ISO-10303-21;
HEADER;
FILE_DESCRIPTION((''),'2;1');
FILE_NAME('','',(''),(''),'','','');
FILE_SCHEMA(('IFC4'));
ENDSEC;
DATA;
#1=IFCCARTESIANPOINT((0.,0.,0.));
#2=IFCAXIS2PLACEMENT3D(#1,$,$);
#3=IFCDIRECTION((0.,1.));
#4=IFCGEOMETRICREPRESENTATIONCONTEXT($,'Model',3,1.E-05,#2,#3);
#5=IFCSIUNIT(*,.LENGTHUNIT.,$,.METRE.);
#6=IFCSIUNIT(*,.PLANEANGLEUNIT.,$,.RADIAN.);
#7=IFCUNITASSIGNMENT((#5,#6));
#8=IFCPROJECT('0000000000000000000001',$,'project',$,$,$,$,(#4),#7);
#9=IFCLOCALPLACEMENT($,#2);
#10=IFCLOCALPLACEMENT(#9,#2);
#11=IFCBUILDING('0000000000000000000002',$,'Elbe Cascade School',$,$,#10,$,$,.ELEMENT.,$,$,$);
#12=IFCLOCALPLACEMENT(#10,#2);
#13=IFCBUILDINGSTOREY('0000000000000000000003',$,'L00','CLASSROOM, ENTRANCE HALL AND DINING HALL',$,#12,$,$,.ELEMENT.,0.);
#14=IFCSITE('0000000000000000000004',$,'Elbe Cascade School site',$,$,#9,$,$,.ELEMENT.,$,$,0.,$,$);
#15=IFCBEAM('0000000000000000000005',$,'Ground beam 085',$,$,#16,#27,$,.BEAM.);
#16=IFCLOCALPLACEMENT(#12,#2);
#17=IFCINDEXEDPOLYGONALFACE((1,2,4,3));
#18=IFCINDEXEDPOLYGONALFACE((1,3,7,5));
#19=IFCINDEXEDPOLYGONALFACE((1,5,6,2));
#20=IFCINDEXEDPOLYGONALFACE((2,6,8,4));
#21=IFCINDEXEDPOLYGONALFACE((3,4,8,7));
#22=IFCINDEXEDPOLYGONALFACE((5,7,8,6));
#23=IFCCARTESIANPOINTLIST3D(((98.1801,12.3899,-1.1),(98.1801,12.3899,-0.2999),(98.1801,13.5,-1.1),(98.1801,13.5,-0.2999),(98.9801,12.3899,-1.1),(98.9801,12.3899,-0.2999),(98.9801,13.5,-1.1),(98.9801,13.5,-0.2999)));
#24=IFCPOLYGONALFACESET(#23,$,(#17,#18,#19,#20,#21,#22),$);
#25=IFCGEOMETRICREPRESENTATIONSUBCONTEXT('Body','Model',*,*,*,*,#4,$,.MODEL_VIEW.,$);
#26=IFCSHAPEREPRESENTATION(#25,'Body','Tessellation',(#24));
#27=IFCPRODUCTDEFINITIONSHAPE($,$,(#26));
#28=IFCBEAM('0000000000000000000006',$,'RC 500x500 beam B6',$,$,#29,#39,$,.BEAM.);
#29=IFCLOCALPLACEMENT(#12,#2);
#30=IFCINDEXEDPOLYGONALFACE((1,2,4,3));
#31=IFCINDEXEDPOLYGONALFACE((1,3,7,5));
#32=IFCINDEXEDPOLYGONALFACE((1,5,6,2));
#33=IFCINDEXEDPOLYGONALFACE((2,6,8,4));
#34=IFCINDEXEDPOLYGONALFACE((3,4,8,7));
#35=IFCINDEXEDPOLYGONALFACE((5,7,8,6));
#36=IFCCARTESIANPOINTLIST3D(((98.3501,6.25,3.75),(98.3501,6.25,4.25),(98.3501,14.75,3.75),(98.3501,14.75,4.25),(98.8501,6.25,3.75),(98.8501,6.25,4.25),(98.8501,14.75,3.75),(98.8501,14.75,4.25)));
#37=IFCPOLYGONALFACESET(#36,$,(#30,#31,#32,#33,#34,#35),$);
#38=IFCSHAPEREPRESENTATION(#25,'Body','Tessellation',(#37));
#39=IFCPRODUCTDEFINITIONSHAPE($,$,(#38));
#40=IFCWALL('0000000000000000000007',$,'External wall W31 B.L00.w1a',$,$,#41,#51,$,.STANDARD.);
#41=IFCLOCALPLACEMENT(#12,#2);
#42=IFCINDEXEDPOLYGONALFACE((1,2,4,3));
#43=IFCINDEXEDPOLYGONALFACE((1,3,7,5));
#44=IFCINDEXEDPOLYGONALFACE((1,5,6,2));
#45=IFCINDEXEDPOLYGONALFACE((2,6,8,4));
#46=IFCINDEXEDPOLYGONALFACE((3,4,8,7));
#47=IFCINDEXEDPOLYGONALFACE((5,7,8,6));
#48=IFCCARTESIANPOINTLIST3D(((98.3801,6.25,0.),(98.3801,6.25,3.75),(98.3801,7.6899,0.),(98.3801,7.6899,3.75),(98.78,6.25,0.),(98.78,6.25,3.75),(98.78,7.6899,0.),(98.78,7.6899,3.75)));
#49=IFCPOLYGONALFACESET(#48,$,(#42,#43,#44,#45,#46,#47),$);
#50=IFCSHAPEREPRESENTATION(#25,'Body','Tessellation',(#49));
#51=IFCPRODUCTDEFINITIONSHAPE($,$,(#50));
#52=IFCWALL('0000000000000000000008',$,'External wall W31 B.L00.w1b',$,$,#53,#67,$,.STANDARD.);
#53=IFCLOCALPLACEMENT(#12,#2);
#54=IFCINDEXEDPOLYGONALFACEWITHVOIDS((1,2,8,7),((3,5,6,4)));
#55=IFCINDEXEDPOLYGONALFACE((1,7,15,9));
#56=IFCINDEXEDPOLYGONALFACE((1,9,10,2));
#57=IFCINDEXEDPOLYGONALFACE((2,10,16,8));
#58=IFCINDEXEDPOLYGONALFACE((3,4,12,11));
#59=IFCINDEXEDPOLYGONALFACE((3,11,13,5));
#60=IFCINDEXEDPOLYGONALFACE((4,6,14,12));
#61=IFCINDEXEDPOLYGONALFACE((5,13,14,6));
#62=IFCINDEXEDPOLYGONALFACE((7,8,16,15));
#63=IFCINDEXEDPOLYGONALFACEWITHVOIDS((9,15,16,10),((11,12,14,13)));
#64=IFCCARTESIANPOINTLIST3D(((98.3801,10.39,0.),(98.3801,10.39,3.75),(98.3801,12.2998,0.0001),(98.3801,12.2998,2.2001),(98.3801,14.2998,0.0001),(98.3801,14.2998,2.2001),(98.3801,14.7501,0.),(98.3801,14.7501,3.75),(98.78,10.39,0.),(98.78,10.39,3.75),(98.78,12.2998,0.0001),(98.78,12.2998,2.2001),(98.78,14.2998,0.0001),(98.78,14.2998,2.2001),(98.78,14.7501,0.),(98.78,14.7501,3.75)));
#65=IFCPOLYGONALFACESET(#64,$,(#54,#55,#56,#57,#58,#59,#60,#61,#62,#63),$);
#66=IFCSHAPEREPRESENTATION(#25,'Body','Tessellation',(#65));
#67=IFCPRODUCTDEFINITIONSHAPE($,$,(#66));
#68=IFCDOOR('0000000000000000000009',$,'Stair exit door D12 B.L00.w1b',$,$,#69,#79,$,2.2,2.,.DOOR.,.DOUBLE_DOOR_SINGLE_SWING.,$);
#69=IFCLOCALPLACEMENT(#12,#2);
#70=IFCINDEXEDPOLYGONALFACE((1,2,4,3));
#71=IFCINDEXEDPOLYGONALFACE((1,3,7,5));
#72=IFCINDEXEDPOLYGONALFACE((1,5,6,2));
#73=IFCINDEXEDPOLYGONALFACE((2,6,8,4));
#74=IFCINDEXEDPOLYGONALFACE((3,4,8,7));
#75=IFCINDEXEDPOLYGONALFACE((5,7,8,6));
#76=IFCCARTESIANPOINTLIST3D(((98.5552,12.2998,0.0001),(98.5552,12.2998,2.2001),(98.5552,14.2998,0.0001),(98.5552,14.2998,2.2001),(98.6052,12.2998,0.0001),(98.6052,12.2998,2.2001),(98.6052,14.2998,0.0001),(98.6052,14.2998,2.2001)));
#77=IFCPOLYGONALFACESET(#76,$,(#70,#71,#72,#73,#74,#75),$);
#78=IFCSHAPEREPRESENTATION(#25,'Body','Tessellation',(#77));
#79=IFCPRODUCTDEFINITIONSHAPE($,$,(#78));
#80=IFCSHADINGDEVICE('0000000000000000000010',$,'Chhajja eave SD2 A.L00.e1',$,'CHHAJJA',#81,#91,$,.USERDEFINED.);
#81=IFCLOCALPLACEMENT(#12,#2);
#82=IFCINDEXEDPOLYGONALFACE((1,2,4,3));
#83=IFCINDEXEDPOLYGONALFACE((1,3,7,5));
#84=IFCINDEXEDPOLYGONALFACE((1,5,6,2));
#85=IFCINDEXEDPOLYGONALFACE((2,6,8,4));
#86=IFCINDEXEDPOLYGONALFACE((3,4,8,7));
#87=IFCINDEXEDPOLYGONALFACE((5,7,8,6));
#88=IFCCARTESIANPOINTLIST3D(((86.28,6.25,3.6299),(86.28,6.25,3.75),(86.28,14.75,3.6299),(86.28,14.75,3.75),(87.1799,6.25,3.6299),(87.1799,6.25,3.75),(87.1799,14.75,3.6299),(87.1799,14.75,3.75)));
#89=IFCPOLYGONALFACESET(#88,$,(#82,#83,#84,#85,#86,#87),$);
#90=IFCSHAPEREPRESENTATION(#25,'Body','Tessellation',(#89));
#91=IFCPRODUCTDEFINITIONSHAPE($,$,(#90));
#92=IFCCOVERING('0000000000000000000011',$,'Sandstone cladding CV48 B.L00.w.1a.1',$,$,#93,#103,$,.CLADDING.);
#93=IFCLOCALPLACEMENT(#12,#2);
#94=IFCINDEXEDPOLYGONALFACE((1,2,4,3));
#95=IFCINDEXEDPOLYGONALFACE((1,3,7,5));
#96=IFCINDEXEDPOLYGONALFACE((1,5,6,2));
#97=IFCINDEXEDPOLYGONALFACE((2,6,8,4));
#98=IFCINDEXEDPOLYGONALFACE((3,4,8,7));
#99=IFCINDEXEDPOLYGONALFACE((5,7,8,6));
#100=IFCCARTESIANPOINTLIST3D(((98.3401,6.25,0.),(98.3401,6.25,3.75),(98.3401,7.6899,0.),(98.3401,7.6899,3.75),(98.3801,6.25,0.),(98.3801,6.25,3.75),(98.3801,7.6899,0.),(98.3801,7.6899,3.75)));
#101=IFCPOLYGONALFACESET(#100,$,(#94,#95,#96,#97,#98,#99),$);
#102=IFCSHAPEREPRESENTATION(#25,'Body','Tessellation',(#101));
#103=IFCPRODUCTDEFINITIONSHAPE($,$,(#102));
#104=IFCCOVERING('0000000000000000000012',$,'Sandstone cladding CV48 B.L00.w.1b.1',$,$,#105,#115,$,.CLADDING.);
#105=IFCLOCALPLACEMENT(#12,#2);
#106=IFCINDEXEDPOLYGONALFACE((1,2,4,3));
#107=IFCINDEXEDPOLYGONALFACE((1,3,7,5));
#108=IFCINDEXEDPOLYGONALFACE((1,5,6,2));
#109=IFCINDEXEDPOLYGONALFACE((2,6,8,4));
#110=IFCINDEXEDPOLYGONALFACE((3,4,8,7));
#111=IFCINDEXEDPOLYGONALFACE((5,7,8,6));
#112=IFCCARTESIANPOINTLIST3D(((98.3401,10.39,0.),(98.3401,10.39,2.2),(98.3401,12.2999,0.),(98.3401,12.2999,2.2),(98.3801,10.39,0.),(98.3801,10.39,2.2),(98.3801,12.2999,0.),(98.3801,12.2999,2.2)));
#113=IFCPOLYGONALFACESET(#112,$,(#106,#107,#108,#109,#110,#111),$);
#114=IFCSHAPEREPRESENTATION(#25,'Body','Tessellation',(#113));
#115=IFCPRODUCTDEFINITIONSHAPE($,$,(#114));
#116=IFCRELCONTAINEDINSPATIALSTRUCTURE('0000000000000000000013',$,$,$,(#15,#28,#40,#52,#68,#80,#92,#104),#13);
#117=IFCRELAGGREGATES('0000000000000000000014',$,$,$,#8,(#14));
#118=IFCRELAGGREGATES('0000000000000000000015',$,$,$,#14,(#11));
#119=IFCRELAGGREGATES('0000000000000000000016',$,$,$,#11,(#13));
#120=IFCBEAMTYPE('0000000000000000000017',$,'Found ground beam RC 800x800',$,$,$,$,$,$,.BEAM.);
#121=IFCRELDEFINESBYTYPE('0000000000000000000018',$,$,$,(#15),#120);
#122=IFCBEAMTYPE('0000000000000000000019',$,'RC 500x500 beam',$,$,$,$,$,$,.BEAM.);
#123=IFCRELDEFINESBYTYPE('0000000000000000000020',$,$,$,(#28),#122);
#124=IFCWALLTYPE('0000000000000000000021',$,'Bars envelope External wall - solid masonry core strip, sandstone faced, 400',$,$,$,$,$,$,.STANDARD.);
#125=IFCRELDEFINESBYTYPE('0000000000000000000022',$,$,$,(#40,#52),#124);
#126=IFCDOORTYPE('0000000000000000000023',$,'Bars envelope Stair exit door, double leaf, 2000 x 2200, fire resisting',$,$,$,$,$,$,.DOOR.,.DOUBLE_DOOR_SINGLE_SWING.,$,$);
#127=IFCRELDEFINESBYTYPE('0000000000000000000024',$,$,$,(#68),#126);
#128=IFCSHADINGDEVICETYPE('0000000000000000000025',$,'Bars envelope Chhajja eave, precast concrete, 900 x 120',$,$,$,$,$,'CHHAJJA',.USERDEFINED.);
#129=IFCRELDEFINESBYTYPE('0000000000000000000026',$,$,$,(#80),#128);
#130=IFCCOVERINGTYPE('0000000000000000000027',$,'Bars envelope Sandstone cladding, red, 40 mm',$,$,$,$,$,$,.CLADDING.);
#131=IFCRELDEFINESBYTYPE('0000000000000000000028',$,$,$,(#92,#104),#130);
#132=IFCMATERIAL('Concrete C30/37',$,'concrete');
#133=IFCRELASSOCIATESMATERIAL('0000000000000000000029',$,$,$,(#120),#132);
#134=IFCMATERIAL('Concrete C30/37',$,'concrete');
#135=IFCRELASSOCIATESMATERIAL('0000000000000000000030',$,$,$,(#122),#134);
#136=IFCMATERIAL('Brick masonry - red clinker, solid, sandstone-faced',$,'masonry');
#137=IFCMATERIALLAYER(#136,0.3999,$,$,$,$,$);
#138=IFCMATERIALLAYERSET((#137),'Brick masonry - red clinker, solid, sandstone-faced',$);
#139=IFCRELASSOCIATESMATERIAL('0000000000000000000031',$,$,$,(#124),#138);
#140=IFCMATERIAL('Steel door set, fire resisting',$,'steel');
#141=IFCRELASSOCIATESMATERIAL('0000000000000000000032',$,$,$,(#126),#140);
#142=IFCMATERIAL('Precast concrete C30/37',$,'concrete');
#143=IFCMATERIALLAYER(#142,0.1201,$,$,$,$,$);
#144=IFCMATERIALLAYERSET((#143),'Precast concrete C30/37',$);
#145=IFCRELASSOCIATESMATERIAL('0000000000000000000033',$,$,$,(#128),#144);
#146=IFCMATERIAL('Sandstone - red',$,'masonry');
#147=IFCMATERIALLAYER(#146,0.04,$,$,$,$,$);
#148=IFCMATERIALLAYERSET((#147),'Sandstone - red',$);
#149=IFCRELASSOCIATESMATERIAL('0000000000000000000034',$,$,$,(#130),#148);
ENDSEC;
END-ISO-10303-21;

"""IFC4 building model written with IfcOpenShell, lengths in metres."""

from ifc_helpers import new_model, si_unit, direction, frame, frame_2d, origin, origin_2d, place, context, subcontext, project, spatial, rectangle, extrude, material, layer, layer_set, material_profile, profile_set, type_object, element, fill, save


model = new_model("IFC4")

# Units and contexts
model_context = context("Model", 3, precision=1e-05, world=origin(), true_north=direction((0.0, 1.0)))
body_context = subcontext(model_context, "Body", "Model", "MODEL_VIEW")
ifc_project = project(units=[si_unit("LENGTHUNIT", "METRE"), si_unit("PLANEANGLEUNIT", "RADIAN")], contexts=[model_context])

# Site, building, storey
site_placement = place(None, origin())
site = spatial("IfcSite", under=ifc_project, at=site_placement, Name="Elbe Cascade School site", CompositionType="ELEMENT", RefElevation=0.0)
building_placement = place(site_placement, origin())
building = spatial("IfcBuilding", under=site, at=building_placement, Name="Elbe Cascade School", CompositionType="ELEMENT")
storey_placement = place(building_placement, origin())
storey = spatial("IfcBuildingStorey", under=building, at=storey_placement, Name="L00", Description="CLASSROOM, ENTRANCE HALL AND DINING HALL", CompositionType="ELEMENT", Elevation=0.0)

# Beams
ifc_material_1 = material(Name="Concrete C30/37", Category="concrete")
ifc_material_profile_1 = material_profile(ifc_material_1, rectangle(XDim=0.8, YDim=0.8, at=origin_2d()), Name="RC 800x800")
ifc_profile_set_1 = profile_set([ifc_material_profile_1], Name="Concrete C30/37")
beam_type_1 = type_object("IfcBeamType", Name="Found ground beam RC 800x800", PredefinedType="BEAM", material=ifc_profile_set_1)
beam_1_placement = place(storey_placement, frame((98.5801, 12.3899, -0.7), z_axis=(0.0, 1.0, 0.0), x_axis=(-1.0, 0.0, 0.0)))
element("IfcBeam", 1, at=beam_1_placement, inside=storey, type_object=beam_type_1, Name="Ground beam 085", PredefinedType="BEAM", context=body_context, shape_type="SweptSolid", body=[
    extrude(rectangle(XDim=0.8, YDim=0.8, at=origin_2d()), origin(), (0.0, 0.0, 1.0), 1.1101),
])
ifc_material_2 = material(Name="Concrete C30/37", Category="concrete")
ifc_material_profile_2 = material_profile(ifc_material_2, rectangle(XDim=0.5, YDim=0.5, at=origin_2d()), Name="RC 500x500")
ifc_profile_set_2 = profile_set([ifc_material_profile_2], Name="Concrete C30/37")
beam_type_2 = type_object("IfcBeamType", Name="RC 500x500 beam", PredefinedType="BEAM", material=ifc_profile_set_2)
beam_2_placement = place(storey_placement, frame((98.6001, 6.25, 4.0), z_axis=(0.0, 1.0, 0.0), x_axis=(-1.0, 0.0, 0.0)))
element("IfcBeam", 2, at=beam_2_placement, inside=storey, type_object=beam_type_2, Name="RC 500x500 beam B6", PredefinedType="BEAM", context=body_context, shape_type="SweptSolid", body=[
    extrude(rectangle(XDim=0.5, YDim=0.5, at=origin_2d()), origin(), (0.0, 0.0, 1.0), 8.5),
])

# Wall
ifc_material_3 = material(Name="Brick masonry - red clinker, solid, sandstone-faced", Category="masonry")
ifc_layer_1 = layer(ifc_material_3, 0.3999)
ifc_layer_set_1 = layer_set([ifc_layer_1], Name="Brick masonry - red clinker, solid, sandstone-faced")
wall_type = type_object("IfcWallType", Name="Bars envelope External wall - solid masonry core strip, sandstone faced, 400", PredefinedType="STANDARD", material=ifc_layer_set_1)
wall_1_placement = place(storey_placement, frame((98.5801, 6.25, 0.0), z_axis=(0.0, 0.0, 1.0), x_axis=(0.0, 1.0, 0.0)))
element("IfcWall", 3, at=wall_1_placement, inside=storey, type_object=wall_type, Name="External wall W31 B.L00.w1a", PredefinedType="STANDARD", context=body_context, shape_type="SweptSolid", body=[
    extrude(rectangle(XDim=1.4399, YDim=0.3999, at=frame_2d((0.72, 0.0))), origin(), (0.0, 0.0, 1.0), 3.75),
])

# Wall, opening, door
wall_2_placement = place(storey_placement, frame((98.5801, 10.3899, 0.0), z_axis=(0.0, 0.0, 1.0), x_axis=(0.0, 1.0, 0.0)))
wall_2 = element("IfcWall", 4, at=wall_2_placement, inside=storey, type_object=wall_type, Name="External wall W31 B.L00.w1b", PredefinedType="STANDARD", context=body_context, shape_type="SweptSolid", body=[
    extrude(rectangle(XDim=4.3601, YDim=0.3999, at=frame_2d((2.1802, 0.0))), origin(), (0.0, 0.0, 1.0), 3.75),
])
opening_placement = place(wall_2_placement, frame((1.9099, 0.0, 0.0)))
opening = element("IfcOpeningElement", 5, at=opening_placement, cuts=wall_2, PredefinedType="OPENING", context=body_context, shape_type="SweptSolid", body=[
    extrude(rectangle(XDim=2.0, YDim=2.2, at=frame_2d((1.0, 1.1001))), frame((0.0, 0.21, 0.0), z_axis=(0.0, -1.0, 0.0), x_axis=(1.0, 0.0, 0.0)), (0.0, 0.0, 1.0), 0.4199),
])
ifc_material_4 = material(Name="Steel door set, fire resisting", Category="steel")
door_type = type_object("IfcDoorType", Name="Bars envelope Stair exit door, double leaf, 2000 x 2200, fire resisting", OperationType="DOUBLE_DOOR_SINGLE_SWING", PredefinedType="DOOR", material=ifc_material_4)
door_placement = place(opening_placement, origin())
door = element("IfcDoor", 6, at=door_placement, inside=storey, type_object=door_type, Name="Stair exit door D12 B.L00.w1b", OperationType="DOUBLE_DOOR_SINGLE_SWING", OverallHeight=2.2, OverallWidth=2.0, PredefinedType="DOOR", context=body_context, shape_type="SweptSolid", body=[
    extrude(rectangle(XDim=2.0, YDim=2.2, at=frame_2d((1.0, 1.1001))), frame((0.0, 0.0249, 0.0), z_axis=(0.0, -1.0, 0.0), x_axis=(1.0, 0.0, 0.0)), (0.0, 0.0, 1.0), 0.05),
])
fill(opening, door)

# Shading device
ifc_material_5 = material(Name="Precast concrete C30/37", Category="concrete")
ifc_layer_2 = layer(ifc_material_5, 0.1201)
ifc_layer_set_2 = layer_set([ifc_layer_2], Name="Precast concrete C30/37")
shading_device_type = type_object("IfcShadingDeviceType", Name="Bars envelope Chhajja eave, precast concrete, 900 x 120", ElementType="CHHAJJA", PredefinedType="USERDEFINED", material=ifc_layer_set_2)
shading_device_placement = place(storey_placement, frame((86.73, 10.5, 3.6299), z_axis=(0.0, 0.0, 1.0), x_axis=(0.0, 1.0, 0.0)))
element("IfcShadingDevice", 7, at=shading_device_placement, inside=storey, type_object=shading_device_type, Name="Chhajja eave SD2 A.L00.e1", ObjectType="CHHAJJA", PredefinedType="USERDEFINED", context=body_context, shape_type="SweptSolid", body=[
    extrude(rectangle(XDim=8.5, YDim=0.8999, at=origin_2d()), origin(), (0.0, 0.0, 1.0), 0.1201),
])

# Coverings
ifc_material_6 = material(Name="Sandstone - red", Category="masonry")
ifc_layer_3 = layer(ifc_material_6, 0.04)
ifc_layer_set_3 = layer_set([ifc_layer_3], Name="Sandstone - red")
covering_type = type_object("IfcCoveringType", Name="Bars envelope Sandstone cladding, red, 40 mm", PredefinedType="CLADDING", material=ifc_layer_set_3)
covering_1_placement = place(storey_placement, frame((98.3601, 6.97, 0.0), z_axis=(0.0, 0.0, 1.0), x_axis=(0.0, 1.0, 0.0)))
element("IfcCovering", 8, at=covering_1_placement, inside=storey, type_object=covering_type, Name="Sandstone cladding CV48 B.L00.w.1a.1", PredefinedType="CLADDING", context=body_context, shape_type="SweptSolid", body=[
    extrude(rectangle(XDim=1.4399, YDim=0.04, at=origin_2d()), origin(), (0.0, 0.0, 1.0), 3.75),
])
covering_2_placement = place(storey_placement, frame((98.3601, 11.345, 0.0), z_axis=(0.0, 0.0, 1.0), x_axis=(0.0, 1.0, 0.0)))
element("IfcCovering", 9, at=covering_2_placement, inside=storey, type_object=covering_type, Name="Sandstone cladding CV48 B.L00.w.1b.1", PredefinedType="CLADDING", context=body_context, shape_type="SweptSolid", body=[
    extrude(rectangle(XDim=1.9099, YDim=0.04, at=origin_2d()), origin(), (0.0, 0.0, 1.0), 2.2),
])

save(model, "model.ifc")
